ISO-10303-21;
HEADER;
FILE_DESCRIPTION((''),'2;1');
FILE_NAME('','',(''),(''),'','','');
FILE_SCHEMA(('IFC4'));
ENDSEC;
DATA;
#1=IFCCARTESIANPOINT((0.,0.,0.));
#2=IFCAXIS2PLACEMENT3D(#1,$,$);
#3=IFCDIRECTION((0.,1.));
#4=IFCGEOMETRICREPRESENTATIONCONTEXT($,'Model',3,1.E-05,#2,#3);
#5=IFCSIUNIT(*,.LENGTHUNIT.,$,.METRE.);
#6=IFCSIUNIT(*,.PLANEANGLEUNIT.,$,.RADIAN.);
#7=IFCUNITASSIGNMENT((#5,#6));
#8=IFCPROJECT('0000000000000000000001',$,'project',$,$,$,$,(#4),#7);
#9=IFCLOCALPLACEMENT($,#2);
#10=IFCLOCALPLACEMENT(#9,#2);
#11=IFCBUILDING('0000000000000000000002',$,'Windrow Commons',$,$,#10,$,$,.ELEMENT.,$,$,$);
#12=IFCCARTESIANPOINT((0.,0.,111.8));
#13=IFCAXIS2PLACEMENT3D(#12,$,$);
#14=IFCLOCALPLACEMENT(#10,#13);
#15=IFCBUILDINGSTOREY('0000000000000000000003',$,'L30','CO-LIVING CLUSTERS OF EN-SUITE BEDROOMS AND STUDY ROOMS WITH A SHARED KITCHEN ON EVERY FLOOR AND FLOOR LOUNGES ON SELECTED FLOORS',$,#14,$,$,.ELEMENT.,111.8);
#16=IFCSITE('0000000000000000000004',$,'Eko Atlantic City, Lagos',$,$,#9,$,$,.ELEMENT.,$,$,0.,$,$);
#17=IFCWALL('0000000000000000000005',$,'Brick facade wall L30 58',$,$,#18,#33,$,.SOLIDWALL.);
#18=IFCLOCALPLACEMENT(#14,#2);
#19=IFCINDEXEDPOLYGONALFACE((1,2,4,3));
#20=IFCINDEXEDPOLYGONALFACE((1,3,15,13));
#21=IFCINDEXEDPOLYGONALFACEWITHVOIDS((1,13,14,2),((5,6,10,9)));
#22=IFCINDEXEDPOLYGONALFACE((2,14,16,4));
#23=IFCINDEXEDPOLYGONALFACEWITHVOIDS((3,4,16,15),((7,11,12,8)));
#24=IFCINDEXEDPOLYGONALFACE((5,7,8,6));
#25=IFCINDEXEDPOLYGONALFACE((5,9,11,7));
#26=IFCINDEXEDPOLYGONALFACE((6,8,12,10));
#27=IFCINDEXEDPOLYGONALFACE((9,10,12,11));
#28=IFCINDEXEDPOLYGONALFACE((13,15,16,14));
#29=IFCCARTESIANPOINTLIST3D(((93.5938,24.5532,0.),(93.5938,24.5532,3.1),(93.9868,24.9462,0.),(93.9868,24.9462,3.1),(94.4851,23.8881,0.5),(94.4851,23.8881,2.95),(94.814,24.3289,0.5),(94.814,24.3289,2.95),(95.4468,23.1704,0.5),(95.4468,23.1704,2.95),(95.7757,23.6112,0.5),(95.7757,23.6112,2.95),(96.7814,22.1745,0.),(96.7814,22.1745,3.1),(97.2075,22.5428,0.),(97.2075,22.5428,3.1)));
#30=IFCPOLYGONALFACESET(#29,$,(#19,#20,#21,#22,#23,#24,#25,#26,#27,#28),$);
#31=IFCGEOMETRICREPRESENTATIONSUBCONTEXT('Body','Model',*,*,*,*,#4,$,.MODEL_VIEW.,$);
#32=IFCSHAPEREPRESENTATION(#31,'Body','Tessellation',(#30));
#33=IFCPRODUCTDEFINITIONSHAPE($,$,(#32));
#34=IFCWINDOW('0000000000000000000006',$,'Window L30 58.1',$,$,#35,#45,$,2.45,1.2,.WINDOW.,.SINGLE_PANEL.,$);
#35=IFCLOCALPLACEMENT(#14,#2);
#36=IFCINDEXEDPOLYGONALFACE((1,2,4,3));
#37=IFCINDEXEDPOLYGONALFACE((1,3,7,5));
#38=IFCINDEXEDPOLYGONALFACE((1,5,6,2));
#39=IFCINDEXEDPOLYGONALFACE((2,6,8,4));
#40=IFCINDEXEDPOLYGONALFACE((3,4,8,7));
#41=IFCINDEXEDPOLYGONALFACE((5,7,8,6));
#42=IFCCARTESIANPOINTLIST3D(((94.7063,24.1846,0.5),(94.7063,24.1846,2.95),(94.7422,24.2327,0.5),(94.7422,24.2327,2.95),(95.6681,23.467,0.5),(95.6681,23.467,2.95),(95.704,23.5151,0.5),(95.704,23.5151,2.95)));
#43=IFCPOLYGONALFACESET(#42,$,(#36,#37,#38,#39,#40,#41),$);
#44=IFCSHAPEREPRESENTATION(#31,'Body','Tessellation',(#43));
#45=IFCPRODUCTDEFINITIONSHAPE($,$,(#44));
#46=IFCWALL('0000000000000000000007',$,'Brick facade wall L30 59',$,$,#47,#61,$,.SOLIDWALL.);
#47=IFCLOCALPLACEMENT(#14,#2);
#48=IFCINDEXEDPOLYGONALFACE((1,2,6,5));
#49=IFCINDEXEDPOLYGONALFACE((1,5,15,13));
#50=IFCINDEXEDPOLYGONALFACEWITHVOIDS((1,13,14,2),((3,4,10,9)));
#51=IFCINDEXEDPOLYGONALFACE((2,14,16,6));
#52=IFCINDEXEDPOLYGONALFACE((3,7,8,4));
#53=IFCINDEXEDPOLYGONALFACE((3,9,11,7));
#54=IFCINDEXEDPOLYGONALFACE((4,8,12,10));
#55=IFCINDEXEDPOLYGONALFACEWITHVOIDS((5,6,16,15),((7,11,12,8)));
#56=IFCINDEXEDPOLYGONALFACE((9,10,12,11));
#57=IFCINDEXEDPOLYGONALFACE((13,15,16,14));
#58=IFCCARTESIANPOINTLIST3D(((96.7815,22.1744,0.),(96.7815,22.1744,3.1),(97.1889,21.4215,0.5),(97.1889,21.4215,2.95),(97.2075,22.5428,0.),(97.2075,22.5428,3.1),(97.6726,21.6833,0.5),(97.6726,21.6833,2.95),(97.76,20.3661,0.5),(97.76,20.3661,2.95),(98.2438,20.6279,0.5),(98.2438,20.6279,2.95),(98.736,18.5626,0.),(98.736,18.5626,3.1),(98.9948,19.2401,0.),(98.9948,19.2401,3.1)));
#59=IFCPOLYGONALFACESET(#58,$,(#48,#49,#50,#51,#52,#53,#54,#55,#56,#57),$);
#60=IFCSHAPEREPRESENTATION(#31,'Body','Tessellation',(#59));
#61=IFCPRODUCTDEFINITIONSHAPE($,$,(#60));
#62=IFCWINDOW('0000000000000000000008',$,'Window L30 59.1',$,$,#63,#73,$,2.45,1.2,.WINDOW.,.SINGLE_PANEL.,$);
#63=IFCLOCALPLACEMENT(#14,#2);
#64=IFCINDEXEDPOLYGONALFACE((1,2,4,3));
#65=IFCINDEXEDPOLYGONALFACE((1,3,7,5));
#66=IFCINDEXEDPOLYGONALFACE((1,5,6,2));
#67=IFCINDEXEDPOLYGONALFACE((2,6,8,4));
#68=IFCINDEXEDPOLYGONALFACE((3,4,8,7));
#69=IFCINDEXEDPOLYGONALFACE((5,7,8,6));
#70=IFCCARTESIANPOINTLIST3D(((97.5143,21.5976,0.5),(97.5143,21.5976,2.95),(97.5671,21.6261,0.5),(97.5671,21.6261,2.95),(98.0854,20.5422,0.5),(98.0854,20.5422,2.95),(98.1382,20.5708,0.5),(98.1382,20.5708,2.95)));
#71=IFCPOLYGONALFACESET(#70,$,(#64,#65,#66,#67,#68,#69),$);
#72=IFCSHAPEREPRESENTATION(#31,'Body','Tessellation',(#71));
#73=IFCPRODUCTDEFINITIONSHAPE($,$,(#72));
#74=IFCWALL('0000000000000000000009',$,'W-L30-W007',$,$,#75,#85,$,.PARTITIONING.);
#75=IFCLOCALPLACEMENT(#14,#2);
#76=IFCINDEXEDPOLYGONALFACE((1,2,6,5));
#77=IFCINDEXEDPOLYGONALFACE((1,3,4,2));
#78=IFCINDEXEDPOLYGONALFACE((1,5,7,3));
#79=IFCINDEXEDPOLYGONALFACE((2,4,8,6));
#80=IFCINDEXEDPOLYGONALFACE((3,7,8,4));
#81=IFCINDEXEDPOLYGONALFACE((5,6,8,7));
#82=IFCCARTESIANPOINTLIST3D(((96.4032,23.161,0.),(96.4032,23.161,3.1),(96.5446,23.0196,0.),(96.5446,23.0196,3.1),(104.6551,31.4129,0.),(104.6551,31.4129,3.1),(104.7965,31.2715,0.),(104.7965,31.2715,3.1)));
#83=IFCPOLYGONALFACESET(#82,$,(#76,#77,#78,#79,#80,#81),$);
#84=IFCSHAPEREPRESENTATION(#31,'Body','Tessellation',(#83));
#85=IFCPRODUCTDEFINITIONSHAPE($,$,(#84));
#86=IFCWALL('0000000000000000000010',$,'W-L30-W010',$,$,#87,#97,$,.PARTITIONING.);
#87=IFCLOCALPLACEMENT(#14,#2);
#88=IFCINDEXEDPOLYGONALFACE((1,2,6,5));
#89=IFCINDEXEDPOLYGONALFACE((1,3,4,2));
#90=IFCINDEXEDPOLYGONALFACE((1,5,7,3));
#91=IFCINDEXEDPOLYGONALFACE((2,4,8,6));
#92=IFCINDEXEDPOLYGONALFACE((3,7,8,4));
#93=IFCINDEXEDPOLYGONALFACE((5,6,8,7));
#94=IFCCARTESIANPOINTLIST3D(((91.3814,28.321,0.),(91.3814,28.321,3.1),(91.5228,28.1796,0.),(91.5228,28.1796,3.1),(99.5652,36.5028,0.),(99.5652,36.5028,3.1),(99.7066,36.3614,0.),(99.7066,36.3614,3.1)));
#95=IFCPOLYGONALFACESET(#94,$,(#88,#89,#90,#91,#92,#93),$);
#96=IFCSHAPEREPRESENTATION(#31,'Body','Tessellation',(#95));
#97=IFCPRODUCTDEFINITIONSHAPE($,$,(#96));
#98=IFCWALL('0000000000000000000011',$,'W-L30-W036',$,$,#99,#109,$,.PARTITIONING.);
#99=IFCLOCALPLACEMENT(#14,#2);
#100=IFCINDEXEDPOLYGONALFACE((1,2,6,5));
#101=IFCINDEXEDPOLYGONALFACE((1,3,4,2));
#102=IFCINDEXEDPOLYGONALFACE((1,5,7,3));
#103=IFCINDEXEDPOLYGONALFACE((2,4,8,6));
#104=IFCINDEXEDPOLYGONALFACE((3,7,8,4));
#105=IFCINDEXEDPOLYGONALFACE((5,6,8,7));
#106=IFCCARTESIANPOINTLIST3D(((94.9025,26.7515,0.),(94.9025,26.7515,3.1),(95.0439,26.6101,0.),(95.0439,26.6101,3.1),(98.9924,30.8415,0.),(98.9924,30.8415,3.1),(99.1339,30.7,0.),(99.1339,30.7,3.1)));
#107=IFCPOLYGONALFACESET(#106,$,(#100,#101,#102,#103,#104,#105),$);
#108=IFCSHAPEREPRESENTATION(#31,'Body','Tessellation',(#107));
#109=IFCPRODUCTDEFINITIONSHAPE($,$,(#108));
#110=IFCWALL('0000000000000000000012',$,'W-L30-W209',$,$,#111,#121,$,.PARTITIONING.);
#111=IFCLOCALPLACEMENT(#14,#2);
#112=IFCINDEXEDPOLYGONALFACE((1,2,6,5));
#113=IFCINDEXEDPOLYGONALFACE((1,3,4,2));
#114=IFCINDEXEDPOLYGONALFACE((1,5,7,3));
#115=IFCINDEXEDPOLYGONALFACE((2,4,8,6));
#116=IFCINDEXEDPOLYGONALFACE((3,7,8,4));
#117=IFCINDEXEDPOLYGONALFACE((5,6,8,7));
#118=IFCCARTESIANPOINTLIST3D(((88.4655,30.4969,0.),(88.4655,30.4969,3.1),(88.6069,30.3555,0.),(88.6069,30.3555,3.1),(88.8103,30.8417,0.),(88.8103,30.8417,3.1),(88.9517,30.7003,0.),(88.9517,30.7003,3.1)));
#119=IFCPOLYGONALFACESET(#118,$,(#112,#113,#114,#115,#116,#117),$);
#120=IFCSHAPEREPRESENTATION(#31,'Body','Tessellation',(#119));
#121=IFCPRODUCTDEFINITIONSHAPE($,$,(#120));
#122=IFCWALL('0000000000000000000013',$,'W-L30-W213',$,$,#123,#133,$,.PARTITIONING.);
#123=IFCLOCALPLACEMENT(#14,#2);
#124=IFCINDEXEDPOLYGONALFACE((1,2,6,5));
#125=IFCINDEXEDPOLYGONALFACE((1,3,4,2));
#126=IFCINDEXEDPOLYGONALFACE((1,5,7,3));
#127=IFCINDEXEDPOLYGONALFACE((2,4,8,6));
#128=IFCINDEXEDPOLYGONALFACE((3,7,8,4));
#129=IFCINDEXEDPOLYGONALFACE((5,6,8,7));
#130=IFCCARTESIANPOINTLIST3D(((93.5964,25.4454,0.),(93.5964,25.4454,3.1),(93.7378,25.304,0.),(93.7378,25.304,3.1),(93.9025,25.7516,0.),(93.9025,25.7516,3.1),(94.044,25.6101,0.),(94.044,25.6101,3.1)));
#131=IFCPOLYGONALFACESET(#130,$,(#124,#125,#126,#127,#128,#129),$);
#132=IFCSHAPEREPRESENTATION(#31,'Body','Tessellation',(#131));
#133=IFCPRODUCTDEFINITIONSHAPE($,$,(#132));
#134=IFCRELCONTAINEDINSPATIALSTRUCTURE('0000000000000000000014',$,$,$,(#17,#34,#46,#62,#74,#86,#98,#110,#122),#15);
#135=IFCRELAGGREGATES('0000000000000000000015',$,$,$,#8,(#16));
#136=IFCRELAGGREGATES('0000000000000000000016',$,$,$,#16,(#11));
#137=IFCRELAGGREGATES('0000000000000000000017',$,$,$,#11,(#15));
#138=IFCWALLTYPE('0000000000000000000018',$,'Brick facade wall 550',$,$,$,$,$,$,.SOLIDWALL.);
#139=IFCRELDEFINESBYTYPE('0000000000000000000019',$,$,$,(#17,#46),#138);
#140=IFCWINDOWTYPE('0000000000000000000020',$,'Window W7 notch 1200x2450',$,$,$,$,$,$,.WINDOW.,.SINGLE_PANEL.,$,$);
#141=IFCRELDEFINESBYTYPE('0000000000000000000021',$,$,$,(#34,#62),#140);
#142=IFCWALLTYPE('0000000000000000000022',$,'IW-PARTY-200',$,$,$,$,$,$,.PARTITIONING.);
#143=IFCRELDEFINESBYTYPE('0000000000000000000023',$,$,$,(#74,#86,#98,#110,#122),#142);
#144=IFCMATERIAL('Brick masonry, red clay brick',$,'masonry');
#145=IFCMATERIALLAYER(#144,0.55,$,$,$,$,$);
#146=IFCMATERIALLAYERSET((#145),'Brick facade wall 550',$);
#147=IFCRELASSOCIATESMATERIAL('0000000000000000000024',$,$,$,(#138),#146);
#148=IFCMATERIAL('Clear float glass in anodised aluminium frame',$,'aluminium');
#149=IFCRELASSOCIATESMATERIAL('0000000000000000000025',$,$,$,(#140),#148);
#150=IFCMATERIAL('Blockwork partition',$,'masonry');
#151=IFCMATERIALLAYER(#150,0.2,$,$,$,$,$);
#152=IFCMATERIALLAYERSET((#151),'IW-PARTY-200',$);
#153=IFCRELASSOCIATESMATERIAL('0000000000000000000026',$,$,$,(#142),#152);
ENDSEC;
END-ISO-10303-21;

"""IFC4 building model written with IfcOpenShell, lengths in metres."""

from ifc_helpers import new_model, si_unit, direction, frame, frame_2d, origin, place, context, subcontext, project, spatial, polyline, rectangle, outline, extrude, material, layer, layer_set, type_object, element, fill, save


model = new_model("IFC4")

# Units and contexts
model_context = context("Model", 3, precision=1e-05, world=origin(), true_north=direction((0.0, 1.0)))
body_context = subcontext(model_context, "Body", "Model", "MODEL_VIEW")
ifc_project = project(units=[si_unit("LENGTHUNIT", "METRE"), si_unit("PLANEANGLEUNIT", "RADIAN")], contexts=[model_context])

# Site, building, storey
site_placement = place(None, origin())
site = spatial("IfcSite", under=ifc_project, at=site_placement, Name="Eko Atlantic City, Lagos", CompositionType="ELEMENT", RefElevation=0.0)
building_placement = place(site_placement, origin())
building = spatial("IfcBuilding", under=site, at=building_placement, Name="Windrow Commons", CompositionType="ELEMENT")
storey_placement = place(building_placement, frame((0.0, 0.0, 111.8)))
storey = spatial("IfcBuildingStorey", under=building, at=storey_placement, Name="L30", Description="CO-LIVING CLUSTERS OF EN-SUITE BEDROOMS AND STUDY ROOMS WITH A SHARED KITCHEN ON EVERY FLOOR AND FLOOR LOUNGES ON SELECTED FLOORS", CompositionType="ELEMENT", Elevation=111.8)

# Shared definitions
ifc_material_1 = material(Name="Brick masonry, red clay brick", Category="masonry")
ifc_layer_1 = layer(ifc_material_1, 0.55)
ifc_layer_set_1 = layer_set([ifc_layer_1], Name="Brick facade wall 550")
wall_type_1 = type_object("IfcWallType", Name="Brick facade wall 550", PredefinedType="SOLIDWALL", material=ifc_layer_set_1)

# Walls, openings, windows
wall_1_placement = place(storey_placement, frame((93.7903, 24.7497, 0.0), z_axis=(0.0, 0.0, 1.0), x_axis=(0.801444, -0.598069, 0.0)))
wall_1 = element("IfcWall", 1, at=wall_1_placement, inside=storey, type_object=wall_type_1, Name="Brick facade wall L30 58", PredefinedType="SOLIDWALL", context=body_context, shape_type="SweptSolid", body=[
    extrude(outline(polyline([(-0.04, -0.275), (3.9374, -0.275), (4.0586, 0.275), (0.04, 0.275), (-0.04, -0.275)])), origin(), (0.0, 0.0, 1.0), 3.1),
])
opening_1_placement = place(wall_1_placement, frame((1.0721, 0.0, 0.5)))
opening_1 = element("IfcOpeningElement", 2, at=opening_1_placement, cuts=wall_1, PredefinedType="OPENING", context=body_context, shape_type="SweptSolid", body=[
    extrude(rectangle(XDim=1.2, YDim=2.45, at=frame_2d((0.6, 1.225))), frame((0.0, 0.285, 0.0), z_axis=(0.0, -1.0, 0.0), x_axis=(1.0, 0.0, 0.0)), (0.0, 0.0, 1.0), 0.57),
])
ifc_material_2 = material(Name="Clear float glass in anodised aluminium frame", Category="aluminium")
window_type_1 = type_object("IfcWindowType", Name="Window W7 notch 1200x2450", PartitioningType="SINGLE_PANEL", PredefinedType="WINDOW", material=ifc_material_2)
window_1_placement = place(opening_1_placement, origin())
window_1 = element("IfcWindow", 3, at=window_1_placement, inside=storey, type_object=window_type_1, Name="Window L30 58.1", OverallHeight=2.45, OverallWidth=1.2, PartitioningType="SINGLE_PANEL", PredefinedType="WINDOW", context=body_context, shape_type="SweptSolid", body=[
    extrude(rectangle(XDim=1.2, YDim=2.45, at=frame_2d((0.6, 1.225))), frame((0.0, 0.155, 0.0), z_axis=(0.0, -1.0, 0.0), x_axis=(1.0, 0.0, 0.0)), (0.0, 0.0, 1.0), 0.06),
])
fill(opening_1, window_1)
wall_2_placement = place(storey_placement, frame((96.9945, 22.3586, 0.0), z_axis=(0.0, 0.0, 1.0), x_axis=(0.475928, -0.879484, 0.0)))
wall_2 = element("IfcWall", 4, at=wall_2_placement, inside=storey, type_object=wall_type_1, Name="Brick facade wall L30 59", PredefinedType="SOLIDWALL", context=body_context, shape_type="SweptSolid", body=[
    extrude(outline(polyline([(0.0606, -0.275), (4.1674, -0.275), (3.6947, 0.275), (-0.0606, 0.275), (0.0606, -0.275)])), origin(), (0.0, 0.0, 1.0), 3.1),
])
opening_2_placement = place(wall_2_placement, frame((0.9167, 0.0, 0.5)))
opening_2 = element("IfcOpeningElement", 5, at=opening_2_placement, cuts=wall_2, PredefinedType="OPENING", context=body_context, shape_type="SweptSolid", body=[
    extrude(rectangle(XDim=1.2, YDim=2.45, at=frame_2d((0.6, 1.225))), frame((0.0, 0.285, 0.0), z_axis=(0.0, -1.0, 0.0), x_axis=(1.0, 0.0, 0.0)), (0.0, 0.0, 1.0), 0.57),
])
window_2_placement = place(opening_2_placement, origin())
window_2 = element("IfcWindow", 6, at=window_2_placement, inside=storey, type_object=window_type_1, Name="Window L30 59.1", OverallHeight=2.45, OverallWidth=1.2, PartitioningType="SINGLE_PANEL", PredefinedType="WINDOW", context=body_context, shape_type="SweptSolid", body=[
    extrude(rectangle(XDim=1.2, YDim=2.45, at=frame_2d((0.6, 1.225))), frame((0.0, 0.155, 0.0), z_axis=(0.0, -1.0, 0.0), x_axis=(1.0, 0.0, 0.0)), (0.0, 0.0, 1.0), 0.06),
])
fill(opening_2, window_2)

# Walls
ifc_material_3 = material(Name="Blockwork partition", Category="masonry")
ifc_layer_2 = layer(ifc_material_3, 0.2)
ifc_layer_set_2 = layer_set([ifc_layer_2], Name="IW-PARTY-200")
wall_type_2 = type_object("IfcWallType", Name="IW-PARTY-200", PredefinedType="PARTITIONING", material=ifc_layer_set_2)
wall_3_placement = place(storey_placement, frame((96.4739, 23.0903, 0.0), z_axis=(0.0, 0.0, 1.0), x_axis=(0.707107, 0.707107, 0.0)))
element("IfcWall", 7, at=wall_3_placement, inside=storey, type_object=wall_type_2, Name="W-L30-W007", PredefinedType="PARTITIONING", context=body_context, shape_type="SweptSolid", body=[
    extrude(rectangle(XDim=11.6699, YDim=0.2, at=frame_2d((5.835, 0.0))), origin(), (0.0, 0.0, 1.0), 3.1),
])
wall_4_placement = place(storey_placement, frame((91.4521, 28.2503, 0.0), z_axis=(0.0, 0.0, 1.0), x_axis=(0.707193, 0.70702, 0.0)))
element("IfcWall", 8, at=wall_4_placement, inside=storey, type_object=wall_type_2, Name="W-L30-W010", PredefinedType="PARTITIONING", context=body_context, shape_type="SweptSolid", body=[
    extrude(rectangle(XDim=11.5722, YDim=0.2, at=frame_2d((5.7861, 0.0))), origin(), (0.0, 0.0, 1.0), 3.1),
])
wall_5_placement = place(storey_placement, frame((94.9732, 26.6808, 0.0), z_axis=(0.0, 0.0, 1.0), x_axis=(0.707107, 0.707107, 0.0)))
element("IfcWall", 9, at=wall_5_placement, inside=storey, type_object=wall_type_2, Name="W-L30-W036", PredefinedType="PARTITIONING", context=body_context, shape_type="SweptSolid", body=[
    extrude(rectangle(XDim=5.7841, YDim=0.2, at=frame_2d((2.892, 0.0))), origin(), (0.0, 0.0, 1.0), 3.1),
])
wall_6_placement = place(storey_placement, frame((88.5362, 30.4262, 0.0), z_axis=(0.0, 0.0, 1.0), x_axis=(0.707107, 0.707107, 0.0)))
element("IfcWall", 10, at=wall_6_placement, inside=storey, type_object=wall_type_2, Name="W-L30-W209", PredefinedType="PARTITIONING", context=body_context, shape_type="SweptSolid", body=[
    extrude(rectangle(XDim=0.4876, YDim=0.2, at=frame_2d((0.2438, 0.0))), origin(), (0.0, 0.0, 1.0), 3.1),
])
wall_7_placement = place(storey_placement, frame((93.6671, 25.3747, 0.0), z_axis=(0.0, 0.0, 1.0), x_axis=(0.707107, 0.707107, 0.0)))
element("IfcWall", 11, at=wall_7_placement, inside=storey, type_object=wall_type_2, Name="W-L30-W213", PredefinedType="PARTITIONING", context=body_context, shape_type="SweptSolid", body=[
    extrude(rectangle(XDim=0.4329, YDim=0.2, at=frame_2d((0.2165, 0.0))), origin(), (0.0, 0.0, 1.0), 3.1),
])

save(model, "model.ifc")
